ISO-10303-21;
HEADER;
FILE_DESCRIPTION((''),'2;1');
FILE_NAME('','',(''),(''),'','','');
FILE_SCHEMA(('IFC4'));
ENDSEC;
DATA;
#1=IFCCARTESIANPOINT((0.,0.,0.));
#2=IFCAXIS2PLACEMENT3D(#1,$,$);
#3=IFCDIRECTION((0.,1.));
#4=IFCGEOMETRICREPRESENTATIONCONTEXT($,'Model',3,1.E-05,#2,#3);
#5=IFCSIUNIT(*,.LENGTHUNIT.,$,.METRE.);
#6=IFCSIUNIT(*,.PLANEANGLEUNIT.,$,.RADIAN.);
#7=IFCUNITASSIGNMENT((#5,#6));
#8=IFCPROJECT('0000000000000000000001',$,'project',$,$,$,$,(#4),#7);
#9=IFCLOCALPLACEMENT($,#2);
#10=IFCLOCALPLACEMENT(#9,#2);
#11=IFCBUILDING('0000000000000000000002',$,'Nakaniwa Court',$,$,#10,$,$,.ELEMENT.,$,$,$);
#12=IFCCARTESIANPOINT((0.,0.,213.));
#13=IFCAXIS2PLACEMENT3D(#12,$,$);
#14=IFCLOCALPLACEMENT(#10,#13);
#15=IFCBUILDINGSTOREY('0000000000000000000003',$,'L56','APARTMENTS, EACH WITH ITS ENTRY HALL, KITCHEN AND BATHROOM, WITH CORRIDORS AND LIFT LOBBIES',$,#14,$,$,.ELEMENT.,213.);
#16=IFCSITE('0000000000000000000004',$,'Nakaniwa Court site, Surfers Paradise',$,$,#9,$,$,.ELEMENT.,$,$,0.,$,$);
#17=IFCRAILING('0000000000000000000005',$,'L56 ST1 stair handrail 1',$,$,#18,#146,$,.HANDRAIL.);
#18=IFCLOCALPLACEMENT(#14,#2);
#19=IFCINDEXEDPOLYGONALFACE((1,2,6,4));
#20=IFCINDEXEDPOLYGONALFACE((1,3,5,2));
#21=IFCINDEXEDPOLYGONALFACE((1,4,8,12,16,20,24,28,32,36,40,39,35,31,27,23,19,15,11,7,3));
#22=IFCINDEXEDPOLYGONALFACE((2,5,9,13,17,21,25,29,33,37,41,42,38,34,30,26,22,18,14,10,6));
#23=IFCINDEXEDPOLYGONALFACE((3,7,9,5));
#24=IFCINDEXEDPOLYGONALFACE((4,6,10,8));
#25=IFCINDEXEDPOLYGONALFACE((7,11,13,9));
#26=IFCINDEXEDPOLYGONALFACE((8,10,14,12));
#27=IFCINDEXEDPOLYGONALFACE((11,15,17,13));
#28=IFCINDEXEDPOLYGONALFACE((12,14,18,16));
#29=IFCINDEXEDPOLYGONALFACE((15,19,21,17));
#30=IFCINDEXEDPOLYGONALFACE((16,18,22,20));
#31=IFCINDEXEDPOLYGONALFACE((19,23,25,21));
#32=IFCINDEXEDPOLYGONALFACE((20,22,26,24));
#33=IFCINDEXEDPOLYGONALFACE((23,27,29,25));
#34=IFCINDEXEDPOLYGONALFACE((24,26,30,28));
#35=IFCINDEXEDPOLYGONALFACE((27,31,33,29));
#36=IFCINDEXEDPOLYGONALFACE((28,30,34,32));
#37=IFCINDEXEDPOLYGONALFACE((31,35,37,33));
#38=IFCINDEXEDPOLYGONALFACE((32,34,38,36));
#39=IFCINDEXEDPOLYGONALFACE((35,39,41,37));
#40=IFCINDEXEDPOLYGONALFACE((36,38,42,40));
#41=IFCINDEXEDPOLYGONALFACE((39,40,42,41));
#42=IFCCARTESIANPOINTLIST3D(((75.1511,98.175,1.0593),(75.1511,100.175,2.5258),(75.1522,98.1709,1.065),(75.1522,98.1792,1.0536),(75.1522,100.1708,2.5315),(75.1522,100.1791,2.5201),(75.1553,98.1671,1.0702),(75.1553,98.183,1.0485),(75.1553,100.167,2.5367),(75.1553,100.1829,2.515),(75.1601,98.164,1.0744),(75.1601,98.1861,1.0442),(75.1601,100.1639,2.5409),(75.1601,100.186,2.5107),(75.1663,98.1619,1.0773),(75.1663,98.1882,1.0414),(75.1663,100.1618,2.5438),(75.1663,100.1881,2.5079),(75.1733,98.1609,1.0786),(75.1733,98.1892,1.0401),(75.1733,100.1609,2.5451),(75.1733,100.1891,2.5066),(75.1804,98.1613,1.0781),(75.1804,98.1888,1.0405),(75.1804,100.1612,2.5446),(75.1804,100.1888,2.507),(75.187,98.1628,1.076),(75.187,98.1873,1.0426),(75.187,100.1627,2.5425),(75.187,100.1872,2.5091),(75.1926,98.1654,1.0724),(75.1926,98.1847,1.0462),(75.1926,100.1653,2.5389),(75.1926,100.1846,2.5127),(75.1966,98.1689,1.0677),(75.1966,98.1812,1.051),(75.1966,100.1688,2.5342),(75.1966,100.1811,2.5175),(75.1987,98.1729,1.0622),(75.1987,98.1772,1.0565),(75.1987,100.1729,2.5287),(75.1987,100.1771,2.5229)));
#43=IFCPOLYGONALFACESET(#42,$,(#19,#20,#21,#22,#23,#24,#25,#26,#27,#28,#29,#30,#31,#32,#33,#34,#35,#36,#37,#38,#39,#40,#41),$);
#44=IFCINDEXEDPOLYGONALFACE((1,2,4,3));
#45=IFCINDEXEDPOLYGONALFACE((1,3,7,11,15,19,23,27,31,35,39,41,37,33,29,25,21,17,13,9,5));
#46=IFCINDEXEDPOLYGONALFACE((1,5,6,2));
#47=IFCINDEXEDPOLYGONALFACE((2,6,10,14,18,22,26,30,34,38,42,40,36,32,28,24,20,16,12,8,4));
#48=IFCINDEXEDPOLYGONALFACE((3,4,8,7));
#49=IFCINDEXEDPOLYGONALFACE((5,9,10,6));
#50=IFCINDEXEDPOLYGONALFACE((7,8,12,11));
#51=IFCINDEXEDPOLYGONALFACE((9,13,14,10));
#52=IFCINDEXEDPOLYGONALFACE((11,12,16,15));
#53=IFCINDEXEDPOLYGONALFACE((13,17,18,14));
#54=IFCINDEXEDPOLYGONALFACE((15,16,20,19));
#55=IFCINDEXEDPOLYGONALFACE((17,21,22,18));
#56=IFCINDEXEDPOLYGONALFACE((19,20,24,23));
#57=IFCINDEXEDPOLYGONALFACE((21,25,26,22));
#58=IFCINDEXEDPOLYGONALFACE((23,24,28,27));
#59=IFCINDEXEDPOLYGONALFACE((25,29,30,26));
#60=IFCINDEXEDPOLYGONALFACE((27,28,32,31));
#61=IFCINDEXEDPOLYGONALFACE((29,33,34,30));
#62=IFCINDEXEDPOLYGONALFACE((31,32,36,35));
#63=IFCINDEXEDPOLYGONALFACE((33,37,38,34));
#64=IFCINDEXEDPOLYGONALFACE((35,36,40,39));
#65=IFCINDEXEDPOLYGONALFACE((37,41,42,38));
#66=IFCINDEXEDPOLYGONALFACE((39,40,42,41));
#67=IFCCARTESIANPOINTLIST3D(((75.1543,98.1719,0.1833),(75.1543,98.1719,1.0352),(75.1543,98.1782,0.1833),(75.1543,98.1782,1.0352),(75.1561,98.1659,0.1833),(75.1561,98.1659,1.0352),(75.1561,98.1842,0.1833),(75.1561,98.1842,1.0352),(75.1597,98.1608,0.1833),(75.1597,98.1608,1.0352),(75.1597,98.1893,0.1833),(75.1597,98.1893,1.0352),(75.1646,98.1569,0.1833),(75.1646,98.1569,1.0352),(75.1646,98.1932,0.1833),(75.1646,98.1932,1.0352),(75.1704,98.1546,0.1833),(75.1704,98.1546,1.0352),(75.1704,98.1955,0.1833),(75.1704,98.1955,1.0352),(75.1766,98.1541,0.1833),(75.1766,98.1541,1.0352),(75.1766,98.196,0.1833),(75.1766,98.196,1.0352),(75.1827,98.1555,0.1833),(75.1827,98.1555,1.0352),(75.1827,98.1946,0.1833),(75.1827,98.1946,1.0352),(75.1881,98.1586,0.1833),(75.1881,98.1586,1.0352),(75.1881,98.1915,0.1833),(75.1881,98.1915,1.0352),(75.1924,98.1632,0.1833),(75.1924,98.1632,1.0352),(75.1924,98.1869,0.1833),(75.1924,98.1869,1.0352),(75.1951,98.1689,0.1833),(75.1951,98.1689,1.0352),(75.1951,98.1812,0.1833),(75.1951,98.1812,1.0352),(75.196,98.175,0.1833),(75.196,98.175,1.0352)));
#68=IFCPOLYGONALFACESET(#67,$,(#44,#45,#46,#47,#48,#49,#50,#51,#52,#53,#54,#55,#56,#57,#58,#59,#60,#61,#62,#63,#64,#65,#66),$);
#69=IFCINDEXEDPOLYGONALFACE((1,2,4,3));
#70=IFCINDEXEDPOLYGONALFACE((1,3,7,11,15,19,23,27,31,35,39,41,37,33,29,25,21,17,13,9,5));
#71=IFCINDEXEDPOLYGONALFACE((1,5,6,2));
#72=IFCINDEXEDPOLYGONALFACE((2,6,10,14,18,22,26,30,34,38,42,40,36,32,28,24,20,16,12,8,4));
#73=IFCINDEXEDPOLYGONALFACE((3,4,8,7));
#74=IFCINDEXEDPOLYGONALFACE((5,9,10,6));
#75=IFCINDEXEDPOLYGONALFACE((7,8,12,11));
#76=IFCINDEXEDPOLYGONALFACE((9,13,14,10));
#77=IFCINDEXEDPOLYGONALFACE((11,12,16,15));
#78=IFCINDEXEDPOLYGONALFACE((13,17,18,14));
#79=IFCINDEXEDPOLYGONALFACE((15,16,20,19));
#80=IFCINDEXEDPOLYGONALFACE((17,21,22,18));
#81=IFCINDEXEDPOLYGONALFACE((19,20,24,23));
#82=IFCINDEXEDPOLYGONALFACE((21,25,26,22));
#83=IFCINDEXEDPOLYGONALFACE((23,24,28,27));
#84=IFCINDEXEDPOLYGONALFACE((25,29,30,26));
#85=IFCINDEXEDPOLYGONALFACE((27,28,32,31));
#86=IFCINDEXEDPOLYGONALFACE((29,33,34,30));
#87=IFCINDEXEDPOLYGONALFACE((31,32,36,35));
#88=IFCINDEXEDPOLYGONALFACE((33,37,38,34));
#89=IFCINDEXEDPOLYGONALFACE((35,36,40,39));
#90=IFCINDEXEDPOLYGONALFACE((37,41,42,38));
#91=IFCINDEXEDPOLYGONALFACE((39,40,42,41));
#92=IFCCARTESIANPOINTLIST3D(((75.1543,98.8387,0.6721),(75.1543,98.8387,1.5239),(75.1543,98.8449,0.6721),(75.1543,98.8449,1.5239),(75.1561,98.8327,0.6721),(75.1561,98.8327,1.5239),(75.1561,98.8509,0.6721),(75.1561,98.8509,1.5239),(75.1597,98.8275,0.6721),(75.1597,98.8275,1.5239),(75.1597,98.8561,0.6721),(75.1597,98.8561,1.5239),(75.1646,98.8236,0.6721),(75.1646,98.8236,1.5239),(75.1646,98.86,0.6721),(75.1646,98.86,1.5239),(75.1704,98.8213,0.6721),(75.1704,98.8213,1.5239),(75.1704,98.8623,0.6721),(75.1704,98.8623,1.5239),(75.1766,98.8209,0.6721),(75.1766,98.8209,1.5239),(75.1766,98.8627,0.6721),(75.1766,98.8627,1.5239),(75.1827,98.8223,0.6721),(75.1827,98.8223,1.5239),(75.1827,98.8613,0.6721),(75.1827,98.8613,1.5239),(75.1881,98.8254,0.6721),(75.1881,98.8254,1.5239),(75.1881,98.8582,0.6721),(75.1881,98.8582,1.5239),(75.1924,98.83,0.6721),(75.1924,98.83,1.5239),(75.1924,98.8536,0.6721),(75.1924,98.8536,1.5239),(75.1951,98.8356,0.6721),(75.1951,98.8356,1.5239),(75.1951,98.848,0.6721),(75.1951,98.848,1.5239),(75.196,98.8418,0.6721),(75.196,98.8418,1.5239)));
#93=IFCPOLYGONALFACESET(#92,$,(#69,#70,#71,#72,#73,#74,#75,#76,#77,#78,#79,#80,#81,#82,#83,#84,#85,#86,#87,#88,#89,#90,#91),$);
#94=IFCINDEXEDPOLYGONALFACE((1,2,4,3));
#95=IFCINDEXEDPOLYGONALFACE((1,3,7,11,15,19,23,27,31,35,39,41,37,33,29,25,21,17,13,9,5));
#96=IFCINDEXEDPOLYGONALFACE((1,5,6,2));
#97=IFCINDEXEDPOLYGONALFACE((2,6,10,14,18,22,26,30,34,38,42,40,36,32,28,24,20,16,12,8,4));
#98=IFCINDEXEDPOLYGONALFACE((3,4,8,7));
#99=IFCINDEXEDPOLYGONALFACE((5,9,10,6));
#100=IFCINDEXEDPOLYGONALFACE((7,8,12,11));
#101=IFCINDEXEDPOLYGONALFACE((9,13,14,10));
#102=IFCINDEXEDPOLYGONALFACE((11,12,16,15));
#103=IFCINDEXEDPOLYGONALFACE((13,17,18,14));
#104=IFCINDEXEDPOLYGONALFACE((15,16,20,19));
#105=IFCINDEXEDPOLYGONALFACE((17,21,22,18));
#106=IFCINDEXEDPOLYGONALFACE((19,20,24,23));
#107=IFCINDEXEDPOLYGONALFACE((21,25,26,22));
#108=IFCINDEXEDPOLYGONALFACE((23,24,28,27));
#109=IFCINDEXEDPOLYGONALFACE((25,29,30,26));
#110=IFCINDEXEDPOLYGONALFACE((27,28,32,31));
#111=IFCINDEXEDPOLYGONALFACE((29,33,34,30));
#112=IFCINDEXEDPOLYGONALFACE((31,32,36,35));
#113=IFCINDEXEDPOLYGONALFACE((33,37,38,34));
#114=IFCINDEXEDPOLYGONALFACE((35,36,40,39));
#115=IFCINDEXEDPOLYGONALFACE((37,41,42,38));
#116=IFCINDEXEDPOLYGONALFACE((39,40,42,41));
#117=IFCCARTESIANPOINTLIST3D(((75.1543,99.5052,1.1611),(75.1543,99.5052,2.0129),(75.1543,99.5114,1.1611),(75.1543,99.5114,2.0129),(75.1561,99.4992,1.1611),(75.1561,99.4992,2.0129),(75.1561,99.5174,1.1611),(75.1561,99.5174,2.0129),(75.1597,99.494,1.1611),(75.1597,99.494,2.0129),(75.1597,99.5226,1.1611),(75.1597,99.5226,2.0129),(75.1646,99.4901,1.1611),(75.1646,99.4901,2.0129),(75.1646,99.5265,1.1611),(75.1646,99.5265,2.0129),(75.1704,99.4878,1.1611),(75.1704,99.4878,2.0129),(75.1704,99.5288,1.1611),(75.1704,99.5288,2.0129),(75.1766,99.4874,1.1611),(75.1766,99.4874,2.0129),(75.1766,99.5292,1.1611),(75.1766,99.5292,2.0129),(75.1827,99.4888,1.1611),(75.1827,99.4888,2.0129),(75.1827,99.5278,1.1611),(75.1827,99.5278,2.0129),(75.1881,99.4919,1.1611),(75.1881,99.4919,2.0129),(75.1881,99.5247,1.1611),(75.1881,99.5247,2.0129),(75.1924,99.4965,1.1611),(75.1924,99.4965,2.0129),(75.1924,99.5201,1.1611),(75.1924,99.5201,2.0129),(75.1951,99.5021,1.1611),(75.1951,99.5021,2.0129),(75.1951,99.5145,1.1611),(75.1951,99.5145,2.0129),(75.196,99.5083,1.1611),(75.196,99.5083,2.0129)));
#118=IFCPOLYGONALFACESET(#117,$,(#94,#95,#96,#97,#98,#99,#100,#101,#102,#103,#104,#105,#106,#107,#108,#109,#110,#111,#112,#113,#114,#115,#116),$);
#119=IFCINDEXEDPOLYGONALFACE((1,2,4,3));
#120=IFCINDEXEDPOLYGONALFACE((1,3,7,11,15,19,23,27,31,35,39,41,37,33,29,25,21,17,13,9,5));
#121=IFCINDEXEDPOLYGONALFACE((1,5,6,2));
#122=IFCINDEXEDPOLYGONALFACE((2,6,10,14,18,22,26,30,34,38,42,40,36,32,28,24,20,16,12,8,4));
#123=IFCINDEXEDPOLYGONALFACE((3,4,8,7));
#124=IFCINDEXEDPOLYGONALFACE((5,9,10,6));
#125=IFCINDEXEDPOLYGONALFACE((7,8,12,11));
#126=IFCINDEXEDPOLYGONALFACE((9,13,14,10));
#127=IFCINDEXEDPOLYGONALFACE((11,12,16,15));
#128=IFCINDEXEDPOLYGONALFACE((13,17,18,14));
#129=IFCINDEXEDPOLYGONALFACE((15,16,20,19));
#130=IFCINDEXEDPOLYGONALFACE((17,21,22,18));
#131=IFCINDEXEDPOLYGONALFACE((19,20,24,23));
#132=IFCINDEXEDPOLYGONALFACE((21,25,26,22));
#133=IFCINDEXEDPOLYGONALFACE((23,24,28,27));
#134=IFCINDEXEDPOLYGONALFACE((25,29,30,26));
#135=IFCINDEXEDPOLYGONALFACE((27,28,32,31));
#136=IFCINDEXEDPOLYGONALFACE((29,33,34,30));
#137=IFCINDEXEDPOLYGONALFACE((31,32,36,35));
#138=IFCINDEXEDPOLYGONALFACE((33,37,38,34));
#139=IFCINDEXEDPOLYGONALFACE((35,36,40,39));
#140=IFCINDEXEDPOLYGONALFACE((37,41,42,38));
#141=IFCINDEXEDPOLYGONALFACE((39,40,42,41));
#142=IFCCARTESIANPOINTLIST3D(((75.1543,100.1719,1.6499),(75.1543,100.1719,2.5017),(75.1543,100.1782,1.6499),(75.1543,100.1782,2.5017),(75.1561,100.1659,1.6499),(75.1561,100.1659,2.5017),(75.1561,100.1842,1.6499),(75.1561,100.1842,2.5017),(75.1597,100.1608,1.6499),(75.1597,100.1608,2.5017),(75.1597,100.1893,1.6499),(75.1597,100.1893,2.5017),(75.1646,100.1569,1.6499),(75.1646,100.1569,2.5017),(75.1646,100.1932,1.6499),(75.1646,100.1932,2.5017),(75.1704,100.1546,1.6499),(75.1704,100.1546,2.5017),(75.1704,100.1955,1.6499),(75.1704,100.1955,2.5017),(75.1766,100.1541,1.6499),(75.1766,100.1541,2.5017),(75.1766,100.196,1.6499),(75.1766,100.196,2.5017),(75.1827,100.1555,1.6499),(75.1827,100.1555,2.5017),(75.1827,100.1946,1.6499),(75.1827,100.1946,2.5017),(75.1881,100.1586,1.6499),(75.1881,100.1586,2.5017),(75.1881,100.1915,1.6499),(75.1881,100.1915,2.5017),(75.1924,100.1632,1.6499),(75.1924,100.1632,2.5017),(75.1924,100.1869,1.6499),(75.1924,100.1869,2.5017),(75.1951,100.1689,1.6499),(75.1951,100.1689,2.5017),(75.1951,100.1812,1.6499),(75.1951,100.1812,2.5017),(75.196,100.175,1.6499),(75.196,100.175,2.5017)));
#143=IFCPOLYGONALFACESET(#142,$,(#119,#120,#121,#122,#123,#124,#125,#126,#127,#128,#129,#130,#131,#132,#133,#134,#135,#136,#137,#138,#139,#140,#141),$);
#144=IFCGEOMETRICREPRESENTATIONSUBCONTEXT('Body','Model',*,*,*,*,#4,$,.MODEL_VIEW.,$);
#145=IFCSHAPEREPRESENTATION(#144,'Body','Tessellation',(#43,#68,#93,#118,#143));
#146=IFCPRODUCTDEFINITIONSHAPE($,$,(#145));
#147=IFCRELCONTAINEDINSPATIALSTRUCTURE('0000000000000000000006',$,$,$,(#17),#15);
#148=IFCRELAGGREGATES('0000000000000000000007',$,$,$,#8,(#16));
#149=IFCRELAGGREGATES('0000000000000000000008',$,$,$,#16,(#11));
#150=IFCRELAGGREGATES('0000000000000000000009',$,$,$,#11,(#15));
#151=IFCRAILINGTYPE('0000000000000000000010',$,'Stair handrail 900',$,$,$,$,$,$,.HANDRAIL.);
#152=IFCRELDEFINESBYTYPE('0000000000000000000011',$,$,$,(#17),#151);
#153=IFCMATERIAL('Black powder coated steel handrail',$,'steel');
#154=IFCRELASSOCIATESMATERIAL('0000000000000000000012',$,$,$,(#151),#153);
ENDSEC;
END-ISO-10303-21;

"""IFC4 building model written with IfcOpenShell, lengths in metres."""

from ifc_helpers import new_model, si_unit, direction, frame, origin, origin_2d, place, context, subcontext, project, spatial, circle, extrude, material, type_object, element, save


model = new_model("IFC4")

# Units and contexts
model_context = context("Model", 3, precision=1e-05, world=origin(), true_north=direction((0.0, 1.0)))
body_context = subcontext(model_context, "Body", "Model", "MODEL_VIEW")
ifc_project = project(units=[si_unit("LENGTHUNIT", "METRE"), si_unit("PLANEANGLEUNIT", "RADIAN")], contexts=[model_context])

# Site, building, storey
site_placement = place(None, origin())
site = spatial("IfcSite", under=ifc_project, at=site_placement, Name="Nakaniwa Court site, Surfers Paradise", CompositionType="ELEMENT", RefElevation=0.0)
building_placement = place(site_placement, origin())
building = spatial("IfcBuilding", under=site, at=building_placement, Name="Nakaniwa Court", CompositionType="ELEMENT")
storey_placement = place(building_placement, frame((0.0, 0.0, 213.0)))
storey = spatial("IfcBuildingStorey", under=building, at=storey_placement, Name="L56", Description="APARTMENTS, EACH WITH ITS ENTRY HALL, KITCHEN AND BATHROOM, WITH CORRIDORS AND LIFT LOBBIES", CompositionType="ELEMENT", Elevation=213.0)

# Railing
ifc_material_1 = material(Name="Black powder coated steel handrail", Category="steel")
railing_type_1 = type_object("IfcRailingType", Name="Stair handrail 900", PredefinedType="HANDRAIL", material=ifc_material_1)
railing_1_placement = place(storey_placement, frame((75.175, 98.175, 0.1833)))
element("IfcRailing", 1, at=railing_1_placement, inside=storey, type_object=railing_type_1, Name="L56 ST1 stair handrail 1", PredefinedType="HANDRAIL", context=body_context, shape_type="SweptSolid", body=[
    extrude(circle(Radius=0.0239, at=origin_2d()), frame((0.0, 0.0, 0.876), z_axis=(0.0, 0.806427, 0.591334), x_axis=(-1.0, 0.0, 0.0)), (0.0, 0.0, 1.0), 2.48),
    extrude(circle(Radius=0.021, at=origin_2d()), origin(), (0.0, 0.0, 1.0), 0.8518),
    extrude(circle(Radius=0.021, at=origin_2d()), frame((0.0, 0.6667, 0.4888)), (0.0, 0.0, 1.0), 0.8518),
    extrude(circle(Radius=0.021, at=origin_2d()), frame((0.0, 1.3333, 0.9778)), (0.0, 0.0, 1.0), 0.8518),
    extrude(circle(Radius=0.021, at=origin_2d()), frame((0.0, 2.0, 1.4666)), (0.0, 0.0, 1.0), 0.8518),
])

save(model, "model.ifc")
